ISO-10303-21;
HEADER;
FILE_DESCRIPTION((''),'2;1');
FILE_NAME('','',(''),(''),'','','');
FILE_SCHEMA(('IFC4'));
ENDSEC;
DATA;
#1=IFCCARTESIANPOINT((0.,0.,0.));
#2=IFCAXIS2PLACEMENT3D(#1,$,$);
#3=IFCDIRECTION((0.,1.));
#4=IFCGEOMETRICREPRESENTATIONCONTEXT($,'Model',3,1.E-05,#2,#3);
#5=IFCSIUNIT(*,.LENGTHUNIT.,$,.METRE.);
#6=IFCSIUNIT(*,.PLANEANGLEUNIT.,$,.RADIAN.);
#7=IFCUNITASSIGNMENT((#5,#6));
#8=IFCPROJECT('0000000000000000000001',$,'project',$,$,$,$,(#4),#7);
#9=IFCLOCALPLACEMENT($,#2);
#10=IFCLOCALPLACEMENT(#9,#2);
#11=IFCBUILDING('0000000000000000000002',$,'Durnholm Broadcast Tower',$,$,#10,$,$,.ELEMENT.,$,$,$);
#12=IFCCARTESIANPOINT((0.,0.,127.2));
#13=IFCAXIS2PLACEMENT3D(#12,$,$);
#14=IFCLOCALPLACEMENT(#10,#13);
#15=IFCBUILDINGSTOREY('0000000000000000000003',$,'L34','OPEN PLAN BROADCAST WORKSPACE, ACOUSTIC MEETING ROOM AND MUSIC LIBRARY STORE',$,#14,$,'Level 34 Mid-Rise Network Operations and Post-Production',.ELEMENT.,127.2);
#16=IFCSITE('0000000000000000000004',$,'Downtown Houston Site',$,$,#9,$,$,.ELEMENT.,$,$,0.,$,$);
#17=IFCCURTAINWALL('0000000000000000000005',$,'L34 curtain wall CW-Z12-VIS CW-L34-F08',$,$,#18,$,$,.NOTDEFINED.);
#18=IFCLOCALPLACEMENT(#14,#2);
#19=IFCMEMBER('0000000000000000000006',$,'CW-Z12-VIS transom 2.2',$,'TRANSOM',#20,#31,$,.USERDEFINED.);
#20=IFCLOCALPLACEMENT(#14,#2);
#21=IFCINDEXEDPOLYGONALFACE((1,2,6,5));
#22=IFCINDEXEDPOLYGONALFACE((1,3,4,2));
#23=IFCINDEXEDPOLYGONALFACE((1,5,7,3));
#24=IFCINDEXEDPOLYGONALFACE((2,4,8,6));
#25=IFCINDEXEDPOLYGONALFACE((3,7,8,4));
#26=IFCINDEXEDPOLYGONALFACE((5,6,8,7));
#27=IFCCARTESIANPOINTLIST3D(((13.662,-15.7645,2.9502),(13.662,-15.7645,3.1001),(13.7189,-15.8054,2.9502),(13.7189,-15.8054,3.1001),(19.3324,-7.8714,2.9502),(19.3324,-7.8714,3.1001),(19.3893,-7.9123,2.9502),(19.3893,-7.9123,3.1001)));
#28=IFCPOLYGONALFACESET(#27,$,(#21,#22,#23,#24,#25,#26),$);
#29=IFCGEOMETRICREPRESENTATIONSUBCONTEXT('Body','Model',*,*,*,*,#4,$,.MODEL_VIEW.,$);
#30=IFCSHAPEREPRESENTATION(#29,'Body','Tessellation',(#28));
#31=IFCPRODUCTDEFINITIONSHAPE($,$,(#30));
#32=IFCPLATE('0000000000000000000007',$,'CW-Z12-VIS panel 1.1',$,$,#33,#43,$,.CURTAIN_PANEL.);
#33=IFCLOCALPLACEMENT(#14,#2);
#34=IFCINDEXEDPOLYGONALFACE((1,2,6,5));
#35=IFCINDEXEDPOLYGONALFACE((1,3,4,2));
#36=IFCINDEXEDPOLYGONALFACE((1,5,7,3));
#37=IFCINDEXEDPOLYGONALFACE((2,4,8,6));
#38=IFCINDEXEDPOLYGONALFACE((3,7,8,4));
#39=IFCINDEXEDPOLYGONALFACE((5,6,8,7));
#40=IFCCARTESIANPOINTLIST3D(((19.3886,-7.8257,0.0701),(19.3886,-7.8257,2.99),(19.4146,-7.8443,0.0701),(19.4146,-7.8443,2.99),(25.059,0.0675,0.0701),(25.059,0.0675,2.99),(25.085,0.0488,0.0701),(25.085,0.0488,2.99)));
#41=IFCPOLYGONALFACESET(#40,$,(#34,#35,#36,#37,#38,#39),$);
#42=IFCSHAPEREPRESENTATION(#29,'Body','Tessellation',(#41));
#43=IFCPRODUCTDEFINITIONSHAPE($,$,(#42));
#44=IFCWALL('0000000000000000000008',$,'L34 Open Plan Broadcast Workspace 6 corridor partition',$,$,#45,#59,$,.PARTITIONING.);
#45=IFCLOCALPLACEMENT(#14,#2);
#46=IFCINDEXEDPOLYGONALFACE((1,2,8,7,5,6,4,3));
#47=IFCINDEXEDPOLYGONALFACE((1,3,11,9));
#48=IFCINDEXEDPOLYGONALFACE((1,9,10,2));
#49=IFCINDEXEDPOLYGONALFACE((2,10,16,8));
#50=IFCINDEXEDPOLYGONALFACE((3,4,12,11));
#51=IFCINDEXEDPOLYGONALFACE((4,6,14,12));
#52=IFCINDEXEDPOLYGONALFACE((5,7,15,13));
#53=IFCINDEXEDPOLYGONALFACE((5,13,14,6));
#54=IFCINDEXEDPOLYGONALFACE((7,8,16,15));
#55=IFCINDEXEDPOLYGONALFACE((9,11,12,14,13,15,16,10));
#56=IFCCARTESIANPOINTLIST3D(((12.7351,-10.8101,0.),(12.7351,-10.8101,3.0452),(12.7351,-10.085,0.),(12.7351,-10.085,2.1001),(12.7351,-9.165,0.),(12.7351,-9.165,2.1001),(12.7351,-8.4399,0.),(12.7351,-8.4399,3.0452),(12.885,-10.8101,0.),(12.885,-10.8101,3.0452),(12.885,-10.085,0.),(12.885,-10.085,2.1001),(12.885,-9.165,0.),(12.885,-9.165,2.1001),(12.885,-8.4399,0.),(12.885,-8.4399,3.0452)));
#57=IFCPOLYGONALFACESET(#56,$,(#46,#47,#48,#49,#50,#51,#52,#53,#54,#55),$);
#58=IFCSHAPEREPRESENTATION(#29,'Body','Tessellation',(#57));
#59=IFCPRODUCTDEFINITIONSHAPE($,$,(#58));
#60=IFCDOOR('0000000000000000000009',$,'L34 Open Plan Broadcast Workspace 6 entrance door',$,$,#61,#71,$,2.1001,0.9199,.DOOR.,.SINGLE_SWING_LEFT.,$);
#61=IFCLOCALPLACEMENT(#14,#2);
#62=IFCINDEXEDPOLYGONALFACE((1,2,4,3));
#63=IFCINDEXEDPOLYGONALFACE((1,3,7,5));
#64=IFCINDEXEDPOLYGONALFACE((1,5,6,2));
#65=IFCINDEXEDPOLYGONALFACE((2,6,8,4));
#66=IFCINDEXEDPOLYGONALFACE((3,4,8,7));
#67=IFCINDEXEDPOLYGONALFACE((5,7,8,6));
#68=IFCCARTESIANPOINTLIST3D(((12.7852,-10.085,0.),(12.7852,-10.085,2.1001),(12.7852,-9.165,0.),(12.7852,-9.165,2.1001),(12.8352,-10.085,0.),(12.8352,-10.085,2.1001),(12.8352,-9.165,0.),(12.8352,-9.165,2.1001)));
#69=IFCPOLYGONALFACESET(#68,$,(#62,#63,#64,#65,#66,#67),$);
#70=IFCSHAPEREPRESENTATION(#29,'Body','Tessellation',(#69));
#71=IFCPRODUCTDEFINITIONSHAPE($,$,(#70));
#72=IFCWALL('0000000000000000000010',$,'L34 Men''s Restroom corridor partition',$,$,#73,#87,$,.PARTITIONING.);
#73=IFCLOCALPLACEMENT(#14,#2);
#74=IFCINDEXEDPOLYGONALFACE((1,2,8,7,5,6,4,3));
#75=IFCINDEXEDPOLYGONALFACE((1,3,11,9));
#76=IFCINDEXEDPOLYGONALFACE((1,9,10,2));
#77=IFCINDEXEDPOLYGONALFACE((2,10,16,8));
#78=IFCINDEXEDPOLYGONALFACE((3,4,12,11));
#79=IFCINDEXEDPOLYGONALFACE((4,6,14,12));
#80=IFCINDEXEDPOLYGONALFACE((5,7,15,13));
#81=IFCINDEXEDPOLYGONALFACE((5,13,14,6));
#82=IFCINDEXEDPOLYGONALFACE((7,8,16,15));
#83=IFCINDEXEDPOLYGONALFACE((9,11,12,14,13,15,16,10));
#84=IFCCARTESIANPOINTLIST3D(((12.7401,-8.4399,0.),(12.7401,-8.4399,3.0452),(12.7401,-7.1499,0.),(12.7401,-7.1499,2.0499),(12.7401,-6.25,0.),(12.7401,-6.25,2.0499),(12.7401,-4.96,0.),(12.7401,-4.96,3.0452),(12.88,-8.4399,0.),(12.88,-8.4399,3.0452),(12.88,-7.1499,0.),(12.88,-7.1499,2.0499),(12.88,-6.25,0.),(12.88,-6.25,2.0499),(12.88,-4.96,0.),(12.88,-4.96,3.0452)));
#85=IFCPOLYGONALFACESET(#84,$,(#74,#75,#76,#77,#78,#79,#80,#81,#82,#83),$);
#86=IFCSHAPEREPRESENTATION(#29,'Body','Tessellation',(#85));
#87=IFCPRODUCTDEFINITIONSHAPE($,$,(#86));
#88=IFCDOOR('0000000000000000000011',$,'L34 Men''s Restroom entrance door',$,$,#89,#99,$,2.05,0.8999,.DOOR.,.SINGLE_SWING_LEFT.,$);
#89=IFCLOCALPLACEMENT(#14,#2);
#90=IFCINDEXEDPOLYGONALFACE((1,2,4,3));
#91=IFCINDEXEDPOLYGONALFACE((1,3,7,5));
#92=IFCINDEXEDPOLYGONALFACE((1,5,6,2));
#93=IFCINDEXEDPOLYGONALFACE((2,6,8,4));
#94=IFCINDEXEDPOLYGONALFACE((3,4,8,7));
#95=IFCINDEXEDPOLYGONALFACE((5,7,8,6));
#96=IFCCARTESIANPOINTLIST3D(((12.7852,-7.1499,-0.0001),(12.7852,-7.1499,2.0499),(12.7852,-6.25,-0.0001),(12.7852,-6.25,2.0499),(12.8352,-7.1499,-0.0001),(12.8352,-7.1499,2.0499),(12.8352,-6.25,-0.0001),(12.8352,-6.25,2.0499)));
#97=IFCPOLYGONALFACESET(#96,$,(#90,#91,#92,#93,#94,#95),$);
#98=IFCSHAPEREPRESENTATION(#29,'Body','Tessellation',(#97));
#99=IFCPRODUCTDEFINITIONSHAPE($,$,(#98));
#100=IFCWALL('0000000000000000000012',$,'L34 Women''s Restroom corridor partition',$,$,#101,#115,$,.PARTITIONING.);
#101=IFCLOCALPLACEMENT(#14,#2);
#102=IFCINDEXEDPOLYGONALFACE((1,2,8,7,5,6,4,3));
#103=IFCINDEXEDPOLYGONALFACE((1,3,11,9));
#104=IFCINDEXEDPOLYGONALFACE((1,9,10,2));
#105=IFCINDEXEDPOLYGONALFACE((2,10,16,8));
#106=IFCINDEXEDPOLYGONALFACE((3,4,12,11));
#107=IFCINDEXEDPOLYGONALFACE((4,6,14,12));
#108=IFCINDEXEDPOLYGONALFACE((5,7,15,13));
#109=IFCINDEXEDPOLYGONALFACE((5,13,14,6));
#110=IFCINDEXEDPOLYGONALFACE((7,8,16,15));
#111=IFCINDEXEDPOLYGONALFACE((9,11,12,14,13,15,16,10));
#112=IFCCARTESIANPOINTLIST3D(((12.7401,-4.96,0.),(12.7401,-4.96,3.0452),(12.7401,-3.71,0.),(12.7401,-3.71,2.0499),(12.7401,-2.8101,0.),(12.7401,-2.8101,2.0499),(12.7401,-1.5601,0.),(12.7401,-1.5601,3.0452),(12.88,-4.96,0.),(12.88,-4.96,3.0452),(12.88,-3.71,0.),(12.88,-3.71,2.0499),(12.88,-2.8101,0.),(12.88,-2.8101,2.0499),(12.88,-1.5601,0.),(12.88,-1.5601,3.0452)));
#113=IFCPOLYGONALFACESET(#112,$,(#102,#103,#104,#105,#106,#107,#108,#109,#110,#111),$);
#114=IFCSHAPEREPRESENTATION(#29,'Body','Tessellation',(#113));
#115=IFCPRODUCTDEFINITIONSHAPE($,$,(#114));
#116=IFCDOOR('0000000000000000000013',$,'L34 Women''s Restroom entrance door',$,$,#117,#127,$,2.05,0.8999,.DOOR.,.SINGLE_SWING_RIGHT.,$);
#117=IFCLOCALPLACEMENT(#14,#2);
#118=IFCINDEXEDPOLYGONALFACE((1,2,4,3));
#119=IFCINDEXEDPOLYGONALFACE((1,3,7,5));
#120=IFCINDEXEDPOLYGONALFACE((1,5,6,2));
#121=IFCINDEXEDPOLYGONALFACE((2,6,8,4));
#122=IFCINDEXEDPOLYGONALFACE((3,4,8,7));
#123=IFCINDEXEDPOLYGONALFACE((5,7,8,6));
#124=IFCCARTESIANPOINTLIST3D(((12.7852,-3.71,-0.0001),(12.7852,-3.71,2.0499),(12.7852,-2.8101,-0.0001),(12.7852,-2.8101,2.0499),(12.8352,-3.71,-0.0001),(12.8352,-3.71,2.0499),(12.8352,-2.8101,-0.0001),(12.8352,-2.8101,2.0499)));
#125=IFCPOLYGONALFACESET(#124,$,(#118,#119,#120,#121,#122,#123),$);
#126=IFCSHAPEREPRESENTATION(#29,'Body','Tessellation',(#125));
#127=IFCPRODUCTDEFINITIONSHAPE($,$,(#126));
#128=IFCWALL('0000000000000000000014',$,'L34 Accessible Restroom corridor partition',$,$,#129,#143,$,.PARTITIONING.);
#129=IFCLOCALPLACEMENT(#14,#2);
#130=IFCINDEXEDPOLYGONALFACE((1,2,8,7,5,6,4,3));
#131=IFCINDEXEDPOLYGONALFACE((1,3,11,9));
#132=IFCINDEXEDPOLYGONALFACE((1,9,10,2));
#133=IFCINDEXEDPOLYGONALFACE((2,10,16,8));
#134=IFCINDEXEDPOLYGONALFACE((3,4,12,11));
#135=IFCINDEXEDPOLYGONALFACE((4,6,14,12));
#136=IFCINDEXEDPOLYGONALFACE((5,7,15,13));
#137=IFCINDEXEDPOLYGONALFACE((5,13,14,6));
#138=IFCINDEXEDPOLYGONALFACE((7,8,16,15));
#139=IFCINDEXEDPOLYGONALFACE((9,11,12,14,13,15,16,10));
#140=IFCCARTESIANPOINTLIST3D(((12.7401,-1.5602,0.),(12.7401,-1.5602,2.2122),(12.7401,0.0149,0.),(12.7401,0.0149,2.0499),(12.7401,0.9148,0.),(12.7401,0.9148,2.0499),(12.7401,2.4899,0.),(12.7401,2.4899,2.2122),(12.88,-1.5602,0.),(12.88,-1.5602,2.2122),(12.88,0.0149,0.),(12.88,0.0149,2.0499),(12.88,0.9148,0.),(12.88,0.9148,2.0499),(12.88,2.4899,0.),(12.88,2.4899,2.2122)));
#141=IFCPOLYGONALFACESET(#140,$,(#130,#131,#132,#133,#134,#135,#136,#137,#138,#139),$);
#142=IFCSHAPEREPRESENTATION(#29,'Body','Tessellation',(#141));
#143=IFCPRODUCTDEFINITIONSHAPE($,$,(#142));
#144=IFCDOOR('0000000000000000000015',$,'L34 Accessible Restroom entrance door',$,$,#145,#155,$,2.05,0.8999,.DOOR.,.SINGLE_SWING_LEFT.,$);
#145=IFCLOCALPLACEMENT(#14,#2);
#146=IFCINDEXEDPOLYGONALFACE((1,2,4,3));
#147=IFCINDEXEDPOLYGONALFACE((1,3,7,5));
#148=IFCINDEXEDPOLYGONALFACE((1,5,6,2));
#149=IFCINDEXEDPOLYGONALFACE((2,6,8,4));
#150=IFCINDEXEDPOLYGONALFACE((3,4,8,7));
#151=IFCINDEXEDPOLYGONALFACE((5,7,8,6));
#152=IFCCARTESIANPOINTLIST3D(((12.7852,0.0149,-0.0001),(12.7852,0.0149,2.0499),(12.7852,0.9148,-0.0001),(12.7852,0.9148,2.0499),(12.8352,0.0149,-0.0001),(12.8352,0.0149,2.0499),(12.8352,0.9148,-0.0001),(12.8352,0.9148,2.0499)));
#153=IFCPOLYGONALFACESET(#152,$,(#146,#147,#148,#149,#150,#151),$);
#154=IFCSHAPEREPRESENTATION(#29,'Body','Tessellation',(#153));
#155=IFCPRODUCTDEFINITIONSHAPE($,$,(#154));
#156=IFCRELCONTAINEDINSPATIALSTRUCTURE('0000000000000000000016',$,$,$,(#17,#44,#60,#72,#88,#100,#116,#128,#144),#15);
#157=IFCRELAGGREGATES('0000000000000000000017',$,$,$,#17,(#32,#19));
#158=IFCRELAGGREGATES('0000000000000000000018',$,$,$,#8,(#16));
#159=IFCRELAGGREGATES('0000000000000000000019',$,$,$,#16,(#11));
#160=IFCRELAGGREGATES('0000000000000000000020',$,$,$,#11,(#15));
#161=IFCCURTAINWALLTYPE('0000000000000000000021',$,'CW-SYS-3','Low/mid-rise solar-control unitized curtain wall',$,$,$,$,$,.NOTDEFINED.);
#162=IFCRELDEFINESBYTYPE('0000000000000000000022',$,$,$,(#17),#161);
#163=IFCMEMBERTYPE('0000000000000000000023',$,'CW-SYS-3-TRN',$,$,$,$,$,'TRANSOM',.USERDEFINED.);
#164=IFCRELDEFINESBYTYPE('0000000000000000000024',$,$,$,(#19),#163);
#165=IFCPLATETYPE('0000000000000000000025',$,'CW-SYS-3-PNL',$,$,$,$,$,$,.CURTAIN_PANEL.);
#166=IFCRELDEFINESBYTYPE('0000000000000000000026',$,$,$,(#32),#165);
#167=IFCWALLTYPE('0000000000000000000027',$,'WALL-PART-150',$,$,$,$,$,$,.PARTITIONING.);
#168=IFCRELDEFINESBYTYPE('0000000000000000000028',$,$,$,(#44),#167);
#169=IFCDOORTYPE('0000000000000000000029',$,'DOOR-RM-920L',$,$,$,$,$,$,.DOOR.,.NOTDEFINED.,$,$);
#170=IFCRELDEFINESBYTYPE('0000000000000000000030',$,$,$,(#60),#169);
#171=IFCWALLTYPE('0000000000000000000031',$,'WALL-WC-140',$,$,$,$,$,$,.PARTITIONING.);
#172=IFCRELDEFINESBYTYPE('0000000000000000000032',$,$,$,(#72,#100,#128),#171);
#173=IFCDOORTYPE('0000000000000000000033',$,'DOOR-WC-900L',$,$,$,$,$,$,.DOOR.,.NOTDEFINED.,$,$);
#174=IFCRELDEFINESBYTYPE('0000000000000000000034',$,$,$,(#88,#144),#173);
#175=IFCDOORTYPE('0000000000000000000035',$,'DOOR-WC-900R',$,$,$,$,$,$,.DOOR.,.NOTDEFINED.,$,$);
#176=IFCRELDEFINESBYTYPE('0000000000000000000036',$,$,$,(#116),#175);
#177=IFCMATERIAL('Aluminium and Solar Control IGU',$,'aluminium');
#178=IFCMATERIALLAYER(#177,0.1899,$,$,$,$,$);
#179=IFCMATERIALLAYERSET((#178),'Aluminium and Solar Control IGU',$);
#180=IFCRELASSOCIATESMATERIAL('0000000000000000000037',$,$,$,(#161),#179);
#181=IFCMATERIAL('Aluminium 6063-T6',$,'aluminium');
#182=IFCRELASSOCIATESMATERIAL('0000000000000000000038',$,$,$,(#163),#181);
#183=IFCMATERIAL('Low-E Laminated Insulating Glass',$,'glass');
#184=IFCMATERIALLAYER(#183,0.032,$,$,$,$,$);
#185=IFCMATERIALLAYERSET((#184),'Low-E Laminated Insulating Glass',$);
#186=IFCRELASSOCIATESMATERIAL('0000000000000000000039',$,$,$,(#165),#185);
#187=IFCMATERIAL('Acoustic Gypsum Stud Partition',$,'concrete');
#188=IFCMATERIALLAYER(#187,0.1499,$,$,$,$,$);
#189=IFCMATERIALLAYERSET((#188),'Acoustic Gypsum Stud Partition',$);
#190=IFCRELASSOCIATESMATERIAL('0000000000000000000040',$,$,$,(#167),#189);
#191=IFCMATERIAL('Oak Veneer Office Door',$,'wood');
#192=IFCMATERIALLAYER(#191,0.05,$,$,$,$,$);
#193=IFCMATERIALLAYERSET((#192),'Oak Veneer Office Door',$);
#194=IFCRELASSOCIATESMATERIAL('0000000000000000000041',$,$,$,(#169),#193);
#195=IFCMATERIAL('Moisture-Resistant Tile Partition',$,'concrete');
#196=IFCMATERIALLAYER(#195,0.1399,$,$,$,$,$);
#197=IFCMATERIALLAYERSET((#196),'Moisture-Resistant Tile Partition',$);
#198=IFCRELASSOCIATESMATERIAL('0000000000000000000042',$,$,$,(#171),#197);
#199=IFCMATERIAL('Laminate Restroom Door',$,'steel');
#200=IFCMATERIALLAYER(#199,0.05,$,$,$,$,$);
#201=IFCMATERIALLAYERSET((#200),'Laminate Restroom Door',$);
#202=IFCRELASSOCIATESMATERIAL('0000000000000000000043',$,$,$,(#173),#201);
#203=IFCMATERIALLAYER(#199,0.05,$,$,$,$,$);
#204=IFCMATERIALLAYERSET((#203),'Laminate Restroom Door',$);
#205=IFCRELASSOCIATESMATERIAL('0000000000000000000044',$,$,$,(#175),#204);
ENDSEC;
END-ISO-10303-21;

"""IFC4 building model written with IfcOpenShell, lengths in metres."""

from ifc_helpers import new_model, si_unit, direction, frame, frame_2d, origin, origin_2d, place, context, subcontext, project, spatial, rectangle, extrude, source, transform, mapped, material, layer, layer_set, material_profile, profile_set, type_object, type_shapes, element, fill, aggregate, save


model = new_model("IFC4")

# Units and contexts
model_context = context("Model", 3, precision=1e-05, world=origin(), true_north=direction((0.0, 1.0)))
body_context = subcontext(model_context, "Body", "Model", "MODEL_VIEW")
ifc_project = project(units=[si_unit("LENGTHUNIT", "METRE"), si_unit("PLANEANGLEUNIT", "RADIAN")], contexts=[model_context])

# Site, building, storey
site_placement = place(None, origin())
site = spatial("IfcSite", under=ifc_project, at=site_placement, Name="Downtown Houston Site", CompositionType="ELEMENT", RefElevation=0.0)
building_placement = place(site_placement, origin())
building = spatial("IfcBuilding", under=site, at=building_placement, Name="Durnholm Broadcast Tower", CompositionType="ELEMENT")
storey_placement = place(building_placement, frame((0.0, 0.0, 127.2)))
storey = spatial("IfcBuildingStorey", under=building, at=storey_placement, Name="L34", Description="OPEN PLAN BROADCAST WORKSPACE, ACOUSTIC MEETING ROOM AND MUSIC LIBRARY STORE", LongName="Level 34 Mid-Rise Network Operations and Post-Production", CompositionType="ELEMENT", Elevation=127.2)

# Shared definitions
ifc_material_1 = material(Name="Aluminium and Solar Control IGU", Category="aluminium")
ifc_material_2 = material(Name="Aluminium 6063-T6", Category="aluminium")

# Curtain wall, member, plate
ifc_layer_1 = layer(ifc_material_1, 0.1899)
ifc_layer_set_1 = layer_set([ifc_layer_1], Name="Aluminium and Solar Control IGU")
curtain_wall_type_1 = type_object("IfcCurtainWallType", Name="CW-SYS-3", Description="Low/mid-rise solar-control unitized curtain wall", PredefinedType="NOTDEFINED", material=ifc_layer_set_1)
curtain_wall_1_placement = place(storey_placement, origin())
curtain_wall_1 = element("IfcCurtainWall", 1, at=curtain_wall_1_placement, inside=storey, type_object=curtain_wall_type_1, Name="L34 curtain wall CW-Z12-VIS CW-L34-F08", PredefinedType="NOTDEFINED")
ifc_material_profile_1 = material_profile(ifc_material_2, rectangle(XDim=0.0701, YDim=0.1499, at=origin_2d()), Name="CWT70X150")
ifc_profile_set_1 = profile_set([ifc_material_profile_1], Name="Aluminium 6063-T6")
member_type_1 = type_object("IfcMemberType", Name="CW-SYS-3-TRN", ElementType="TRANSOM", PredefinedType="USERDEFINED", material=ifc_profile_set_1)
shared_shape_1 = source(origin(), body_context, "Body", "SweptSolid", [
    extrude(rectangle(XDim=0.0701, YDim=0.1499, at=origin_2d()), origin(), (0.0, 0.0, 1.0), 9.7188),
])
type_shapes(member_type_1, [shared_shape_1])
member_1_placement = place(storey_placement, frame((19.3608, -7.8918, 3.0251), z_axis=(-0.583451, -0.812149, 0.0), x_axis=(0.812149, -0.583451, 0.0)))
member_1 = element("IfcMember", 2, at=member_1_placement, type_object=member_type_1, Name="CW-Z12-VIS transom 2.2", ObjectType="TRANSOM", PredefinedType="USERDEFINED", context=body_context, shape_type="MappedRepresentation", body=[
    mapped(shared_shape_1, transform((0.0, 0.0, 0.0), x_axis=(1.0, 0.0, 0.0), y_axis=(0.0, 1.0, 0.0), z_axis=(0.0, 0.0, 1.0), scale=1.0)),
])
ifc_material_3 = material(Name="Low-E Laminated Insulating Glass", Category="glass")
ifc_layer_2 = layer(ifc_material_3, 0.032)
ifc_layer_set_2 = layer_set([ifc_layer_2], Name="Low-E Laminated Insulating Glass")
plate_type = type_object("IfcPlateType", Name="CW-SYS-3-PNL", PredefinedType="CURTAIN_PANEL", material=ifc_layer_set_2)
shared_shape_2 = source(origin(), body_context, "Body", "SweptSolid", [
    extrude(rectangle(XDim=9.7188, YDim=0.032, at=origin_2d()), origin(), (0.0, 0.0, 1.0), 2.9199),
])
type_shapes(plate_type, [shared_shape_2])
plate_placement = place(storey_placement, frame((22.2368, -3.8884, 0.0701), z_axis=(0.0, 0.0, 1.0), x_axis=(-0.583445, -0.812152, 0.0)))
plate = element("IfcPlate", 3, at=plate_placement, type_object=plate_type, Name="CW-Z12-VIS panel 1.1", PredefinedType="CURTAIN_PANEL", context=body_context, shape_type="MappedRepresentation", body=[
    mapped(shared_shape_2, transform((0.0, 0.0, 0.0), x_axis=(1.0, 0.0, 0.0), y_axis=(0.0, 1.0, 0.0), z_axis=(0.0, 0.0, 1.0), scale=1.0)),
])
aggregate(curtain_wall_1, [plate, member_1])

# Walls, openings, doors
ifc_material_4 = material(Name="Acoustic Gypsum Stud Partition", Category="concrete")
ifc_layer_3 = layer(ifc_material_4, 0.1499)
ifc_layer_set_3 = layer_set([ifc_layer_3], Name="Acoustic Gypsum Stud Partition")
wall_type_1 = type_object("IfcWallType", Name="WALL-PART-150", PredefinedType="PARTITIONING", material=ifc_layer_set_3)
wall_1_placement = place(storey_placement, frame((12.8101, -10.8101, 0.0), z_axis=(0.0, 0.0, 1.0), x_axis=(0.0, 1.0, 0.0)))
wall_1 = element("IfcWall", 4, at=wall_1_placement, inside=storey, type_object=wall_type_1, Name="L34 Open Plan Broadcast Workspace 6 corridor partition", PredefinedType="PARTITIONING", context=body_context, shape_type="SweptSolid", body=[
    extrude(rectangle(XDim=2.3701, YDim=0.1499, at=frame_2d((1.1851, 0.0))), origin(), (0.0, 0.0, 1.0), 3.0452),
])
opening_1_placement = place(wall_1_placement, frame((0.7251, 0.0, 0.0)))
opening_1 = element("IfcOpeningElement", 5, at=opening_1_placement, cuts=wall_1, PredefinedType="OPENING", context=body_context, shape_type="SweptSolid", body=[
    extrude(rectangle(XDim=0.9199, YDim=2.1001, at=frame_2d((0.46, 1.05))), frame((0.0, 0.085, 0.0), z_axis=(0.0, -1.0, 0.0), x_axis=(1.0, 0.0, 0.0)), (0.0, 0.0, 1.0), 0.1699),
])
ifc_material_5 = material(Name="Oak Veneer Office Door", Category="wood")
ifc_layer_4 = layer(ifc_material_5, 0.05)
ifc_layer_set_4 = layer_set([ifc_layer_4], Name="Oak Veneer Office Door")
door_type_1 = type_object("IfcDoorType", Name="DOOR-RM-920L", OperationType="NOTDEFINED", PredefinedType="DOOR", material=ifc_layer_set_4)
shared_shape_3 = source(origin(), body_context, "Body", "SweptSolid", [
    extrude(rectangle(XDim=0.9199, YDim=2.1001, at=frame_2d((0.46, 1.05))), frame((0.0, 0.0249, 0.0), z_axis=(0.0, -1.0, 0.0), x_axis=(1.0, 0.0, 0.0)), (0.0, 0.0, 1.0), 0.05),
])
type_shapes(door_type_1, [shared_shape_3])
door_1_placement = place(opening_1_placement, origin())
door_1 = element("IfcDoor", 6, at=door_1_placement, inside=storey, type_object=door_type_1, Name="L34 Open Plan Broadcast Workspace 6 entrance door", OperationType="SINGLE_SWING_LEFT", OverallHeight=2.1001, OverallWidth=0.9199, PredefinedType="DOOR", context=body_context, shape_type="MappedRepresentation", body=[
    mapped(shared_shape_3, transform((0.0, 0.0, 0.0), x_axis=(1.0, 0.0, 0.0), y_axis=(0.0, 1.0, 0.0), z_axis=(0.0, 0.0, 1.0), scale=1.0)),
])
fill(opening_1, door_1)
ifc_material_6 = material(Name="Moisture-Resistant Tile Partition", Category="concrete")
ifc_layer_5 = layer(ifc_material_6, 0.1399)
ifc_layer_set_5 = layer_set([ifc_layer_5], Name="Moisture-Resistant Tile Partition")
wall_type_2 = type_object("IfcWallType", Name="WALL-WC-140", PredefinedType="PARTITIONING", material=ifc_layer_set_5)
wall_2_placement = place(storey_placement, frame((12.8101, -8.4399, 0.0), z_axis=(0.0, 0.0, 1.0), x_axis=(0.0, 1.0, 0.0)))
wall_2 = element("IfcWall", 7, at=wall_2_placement, inside=storey, type_object=wall_type_2, Name="L34 Men's Restroom corridor partition", PredefinedType="PARTITIONING", context=body_context, shape_type="SweptSolid", body=[
    extrude(rectangle(XDim=3.48, YDim=0.1399, at=frame_2d((1.74, 0.0))), origin(), (0.0, 0.0, 1.0), 3.0452),
])
opening_2_placement = place(wall_2_placement, frame((1.29, 0.0, 0.0)))
opening_2 = element("IfcOpeningElement", 8, at=opening_2_placement, cuts=wall_2, PredefinedType="OPENING", context=body_context, shape_type="SweptSolid", body=[
    extrude(rectangle(XDim=0.8999, YDim=2.05, at=frame_2d((0.45, 1.0249))), frame((0.0, 0.0801, 0.0), z_axis=(0.0, -1.0, 0.0), x_axis=(1.0, 0.0, 0.0)), (0.0, 0.0, 1.0), 0.1599),
])
ifc_material_7 = material(Name="Laminate Restroom Door", Category="steel")
ifc_layer_6 = layer(ifc_material_7, 0.05)
ifc_layer_set_6 = layer_set([ifc_layer_6], Name="Laminate Restroom Door")
door_type_2 = type_object("IfcDoorType", Name="DOOR-WC-900L", OperationType="NOTDEFINED", PredefinedType="DOOR", material=ifc_layer_set_6)
shared_shape_4 = source(origin(), body_context, "Body", "SweptSolid", [
    extrude(rectangle(XDim=0.8999, YDim=2.05, at=frame_2d((0.45, 1.0249))), frame((0.0, 0.0249, 0.0), z_axis=(0.0, -1.0, 0.0), x_axis=(1.0, 0.0, 0.0)), (0.0, 0.0, 1.0), 0.05),
])
type_shapes(door_type_2, [shared_shape_4])
door_2_placement = place(opening_2_placement, origin())
door_2 = element("IfcDoor", 9, at=door_2_placement, inside=storey, type_object=door_type_2, Name="L34 Men's Restroom entrance door", OperationType="SINGLE_SWING_LEFT", OverallHeight=2.05, OverallWidth=0.8999, PredefinedType="DOOR", context=body_context, shape_type="MappedRepresentation", body=[
    mapped(shared_shape_4, transform((0.0, 0.0, 0.0), x_axis=(1.0, 0.0, 0.0), y_axis=(0.0, 1.0, 0.0), z_axis=(0.0, 0.0, 1.0), scale=1.0)),
])
fill(opening_2, door_2)
wall_3_placement = place(storey_placement, frame((12.8101, -4.96, 0.0), z_axis=(0.0, 0.0, 1.0), x_axis=(0.0, 1.0, 0.0)))
wall_3 = element("IfcWall", 10, at=wall_3_placement, inside=storey, type_object=wall_type_2, Name="L34 Women's Restroom corridor partition", PredefinedType="PARTITIONING", context=body_context, shape_type="SweptSolid", body=[
    extrude(rectangle(XDim=3.3999, YDim=0.1399, at=frame_2d((1.7, 0.0))), origin(), (0.0, 0.0, 1.0), 3.0452),
])
opening_3_placement = place(wall_3_placement, frame((1.25, 0.0, 0.0)))
opening_3 = element("IfcOpeningElement", 11, at=opening_3_placement, cuts=wall_3, PredefinedType="OPENING", context=body_context, shape_type="SweptSolid", body=[
    extrude(rectangle(XDim=0.8999, YDim=2.05, at=frame_2d((0.45, 1.0249))), frame((0.0, 0.0801, 0.0), z_axis=(0.0, -1.0, 0.0), x_axis=(1.0, 0.0, 0.0)), (0.0, 0.0, 1.0), 0.1599),
])
ifc_layer_7 = layer(ifc_material_7, 0.05)
ifc_layer_set_7 = layer_set([ifc_layer_7], Name="Laminate Restroom Door")
door_type_3 = type_object("IfcDoorType", Name="DOOR-WC-900R", OperationType="NOTDEFINED", PredefinedType="DOOR", material=ifc_layer_set_7)
shared_shape_5 = source(origin(), body_context, "Body", "SweptSolid", [
    extrude(rectangle(XDim=0.8999, YDim=2.05, at=frame_2d((0.45, 1.0249))), frame((0.0, 0.0249, 0.0), z_axis=(0.0, -1.0, 0.0), x_axis=(1.0, 0.0, 0.0)), (0.0, 0.0, 1.0), 0.05),
])
type_shapes(door_type_3, [shared_shape_5])
door_3_placement = place(opening_3_placement, origin())
door_3 = element("IfcDoor", 12, at=door_3_placement, inside=storey, type_object=door_type_3, Name="L34 Women's Restroom entrance door", OperationType="SINGLE_SWING_RIGHT", OverallHeight=2.05, OverallWidth=0.8999, PredefinedType="DOOR", context=body_context, shape_type="MappedRepresentation", body=[
    mapped(shared_shape_5, transform((0.0, 0.0, 0.0), x_axis=(1.0, 0.0, 0.0), y_axis=(0.0, 1.0, 0.0), z_axis=(0.0, 0.0, 1.0), scale=1.0)),
])
fill(opening_3, door_3)
wall_4_placement = place(storey_placement, frame((12.8101, -1.5601, 0.0), z_axis=(0.0, 0.0, 1.0), x_axis=(0.0, 1.0, 0.0)))
wall_4 = element("IfcWall", 13, at=wall_4_placement, inside=storey, type_object=wall_type_2, Name="L34 Accessible Restroom corridor partition", PredefinedType="PARTITIONING", context=body_context, shape_type="SweptSolid", body=[
    extrude(rectangle(XDim=4.05, YDim=0.1399, at=frame_2d((2.0249, 0.0))), origin(), (0.0, 0.0, 1.0), 2.2122),
])
opening_4_placement = place(wall_4_placement, frame((1.575, 0.0, 0.0)))
opening_4 = element("IfcOpeningElement", 14, at=opening_4_placement, cuts=wall_4, PredefinedType="OPENING", context=body_context, shape_type="SweptSolid", body=[
    extrude(rectangle(XDim=0.8999, YDim=2.05, at=frame_2d((0.45, 1.0249))), frame((0.0, 0.0801, 0.0), z_axis=(0.0, -1.0, 0.0), x_axis=(1.0, 0.0, 0.0)), (0.0, 0.0, 1.0), 0.1599),
])
door_4_placement = place(opening_4_placement, origin())
door_4 = element("IfcDoor", 15, at=door_4_placement, inside=storey, type_object=door_type_2, Name="L34 Accessible Restroom entrance door", OperationType="SINGLE_SWING_LEFT", OverallHeight=2.05, OverallWidth=0.8999, PredefinedType="DOOR", context=body_context, shape_type="MappedRepresentation", body=[
    mapped(shared_shape_4, transform((0.0, 0.0, 0.0), x_axis=(1.0, 0.0, 0.0), y_axis=(0.0, 1.0, 0.0), z_axis=(0.0, 0.0, 1.0), scale=1.0)),
])
fill(opening_4, door_4)

save(model, "model.ifc")
